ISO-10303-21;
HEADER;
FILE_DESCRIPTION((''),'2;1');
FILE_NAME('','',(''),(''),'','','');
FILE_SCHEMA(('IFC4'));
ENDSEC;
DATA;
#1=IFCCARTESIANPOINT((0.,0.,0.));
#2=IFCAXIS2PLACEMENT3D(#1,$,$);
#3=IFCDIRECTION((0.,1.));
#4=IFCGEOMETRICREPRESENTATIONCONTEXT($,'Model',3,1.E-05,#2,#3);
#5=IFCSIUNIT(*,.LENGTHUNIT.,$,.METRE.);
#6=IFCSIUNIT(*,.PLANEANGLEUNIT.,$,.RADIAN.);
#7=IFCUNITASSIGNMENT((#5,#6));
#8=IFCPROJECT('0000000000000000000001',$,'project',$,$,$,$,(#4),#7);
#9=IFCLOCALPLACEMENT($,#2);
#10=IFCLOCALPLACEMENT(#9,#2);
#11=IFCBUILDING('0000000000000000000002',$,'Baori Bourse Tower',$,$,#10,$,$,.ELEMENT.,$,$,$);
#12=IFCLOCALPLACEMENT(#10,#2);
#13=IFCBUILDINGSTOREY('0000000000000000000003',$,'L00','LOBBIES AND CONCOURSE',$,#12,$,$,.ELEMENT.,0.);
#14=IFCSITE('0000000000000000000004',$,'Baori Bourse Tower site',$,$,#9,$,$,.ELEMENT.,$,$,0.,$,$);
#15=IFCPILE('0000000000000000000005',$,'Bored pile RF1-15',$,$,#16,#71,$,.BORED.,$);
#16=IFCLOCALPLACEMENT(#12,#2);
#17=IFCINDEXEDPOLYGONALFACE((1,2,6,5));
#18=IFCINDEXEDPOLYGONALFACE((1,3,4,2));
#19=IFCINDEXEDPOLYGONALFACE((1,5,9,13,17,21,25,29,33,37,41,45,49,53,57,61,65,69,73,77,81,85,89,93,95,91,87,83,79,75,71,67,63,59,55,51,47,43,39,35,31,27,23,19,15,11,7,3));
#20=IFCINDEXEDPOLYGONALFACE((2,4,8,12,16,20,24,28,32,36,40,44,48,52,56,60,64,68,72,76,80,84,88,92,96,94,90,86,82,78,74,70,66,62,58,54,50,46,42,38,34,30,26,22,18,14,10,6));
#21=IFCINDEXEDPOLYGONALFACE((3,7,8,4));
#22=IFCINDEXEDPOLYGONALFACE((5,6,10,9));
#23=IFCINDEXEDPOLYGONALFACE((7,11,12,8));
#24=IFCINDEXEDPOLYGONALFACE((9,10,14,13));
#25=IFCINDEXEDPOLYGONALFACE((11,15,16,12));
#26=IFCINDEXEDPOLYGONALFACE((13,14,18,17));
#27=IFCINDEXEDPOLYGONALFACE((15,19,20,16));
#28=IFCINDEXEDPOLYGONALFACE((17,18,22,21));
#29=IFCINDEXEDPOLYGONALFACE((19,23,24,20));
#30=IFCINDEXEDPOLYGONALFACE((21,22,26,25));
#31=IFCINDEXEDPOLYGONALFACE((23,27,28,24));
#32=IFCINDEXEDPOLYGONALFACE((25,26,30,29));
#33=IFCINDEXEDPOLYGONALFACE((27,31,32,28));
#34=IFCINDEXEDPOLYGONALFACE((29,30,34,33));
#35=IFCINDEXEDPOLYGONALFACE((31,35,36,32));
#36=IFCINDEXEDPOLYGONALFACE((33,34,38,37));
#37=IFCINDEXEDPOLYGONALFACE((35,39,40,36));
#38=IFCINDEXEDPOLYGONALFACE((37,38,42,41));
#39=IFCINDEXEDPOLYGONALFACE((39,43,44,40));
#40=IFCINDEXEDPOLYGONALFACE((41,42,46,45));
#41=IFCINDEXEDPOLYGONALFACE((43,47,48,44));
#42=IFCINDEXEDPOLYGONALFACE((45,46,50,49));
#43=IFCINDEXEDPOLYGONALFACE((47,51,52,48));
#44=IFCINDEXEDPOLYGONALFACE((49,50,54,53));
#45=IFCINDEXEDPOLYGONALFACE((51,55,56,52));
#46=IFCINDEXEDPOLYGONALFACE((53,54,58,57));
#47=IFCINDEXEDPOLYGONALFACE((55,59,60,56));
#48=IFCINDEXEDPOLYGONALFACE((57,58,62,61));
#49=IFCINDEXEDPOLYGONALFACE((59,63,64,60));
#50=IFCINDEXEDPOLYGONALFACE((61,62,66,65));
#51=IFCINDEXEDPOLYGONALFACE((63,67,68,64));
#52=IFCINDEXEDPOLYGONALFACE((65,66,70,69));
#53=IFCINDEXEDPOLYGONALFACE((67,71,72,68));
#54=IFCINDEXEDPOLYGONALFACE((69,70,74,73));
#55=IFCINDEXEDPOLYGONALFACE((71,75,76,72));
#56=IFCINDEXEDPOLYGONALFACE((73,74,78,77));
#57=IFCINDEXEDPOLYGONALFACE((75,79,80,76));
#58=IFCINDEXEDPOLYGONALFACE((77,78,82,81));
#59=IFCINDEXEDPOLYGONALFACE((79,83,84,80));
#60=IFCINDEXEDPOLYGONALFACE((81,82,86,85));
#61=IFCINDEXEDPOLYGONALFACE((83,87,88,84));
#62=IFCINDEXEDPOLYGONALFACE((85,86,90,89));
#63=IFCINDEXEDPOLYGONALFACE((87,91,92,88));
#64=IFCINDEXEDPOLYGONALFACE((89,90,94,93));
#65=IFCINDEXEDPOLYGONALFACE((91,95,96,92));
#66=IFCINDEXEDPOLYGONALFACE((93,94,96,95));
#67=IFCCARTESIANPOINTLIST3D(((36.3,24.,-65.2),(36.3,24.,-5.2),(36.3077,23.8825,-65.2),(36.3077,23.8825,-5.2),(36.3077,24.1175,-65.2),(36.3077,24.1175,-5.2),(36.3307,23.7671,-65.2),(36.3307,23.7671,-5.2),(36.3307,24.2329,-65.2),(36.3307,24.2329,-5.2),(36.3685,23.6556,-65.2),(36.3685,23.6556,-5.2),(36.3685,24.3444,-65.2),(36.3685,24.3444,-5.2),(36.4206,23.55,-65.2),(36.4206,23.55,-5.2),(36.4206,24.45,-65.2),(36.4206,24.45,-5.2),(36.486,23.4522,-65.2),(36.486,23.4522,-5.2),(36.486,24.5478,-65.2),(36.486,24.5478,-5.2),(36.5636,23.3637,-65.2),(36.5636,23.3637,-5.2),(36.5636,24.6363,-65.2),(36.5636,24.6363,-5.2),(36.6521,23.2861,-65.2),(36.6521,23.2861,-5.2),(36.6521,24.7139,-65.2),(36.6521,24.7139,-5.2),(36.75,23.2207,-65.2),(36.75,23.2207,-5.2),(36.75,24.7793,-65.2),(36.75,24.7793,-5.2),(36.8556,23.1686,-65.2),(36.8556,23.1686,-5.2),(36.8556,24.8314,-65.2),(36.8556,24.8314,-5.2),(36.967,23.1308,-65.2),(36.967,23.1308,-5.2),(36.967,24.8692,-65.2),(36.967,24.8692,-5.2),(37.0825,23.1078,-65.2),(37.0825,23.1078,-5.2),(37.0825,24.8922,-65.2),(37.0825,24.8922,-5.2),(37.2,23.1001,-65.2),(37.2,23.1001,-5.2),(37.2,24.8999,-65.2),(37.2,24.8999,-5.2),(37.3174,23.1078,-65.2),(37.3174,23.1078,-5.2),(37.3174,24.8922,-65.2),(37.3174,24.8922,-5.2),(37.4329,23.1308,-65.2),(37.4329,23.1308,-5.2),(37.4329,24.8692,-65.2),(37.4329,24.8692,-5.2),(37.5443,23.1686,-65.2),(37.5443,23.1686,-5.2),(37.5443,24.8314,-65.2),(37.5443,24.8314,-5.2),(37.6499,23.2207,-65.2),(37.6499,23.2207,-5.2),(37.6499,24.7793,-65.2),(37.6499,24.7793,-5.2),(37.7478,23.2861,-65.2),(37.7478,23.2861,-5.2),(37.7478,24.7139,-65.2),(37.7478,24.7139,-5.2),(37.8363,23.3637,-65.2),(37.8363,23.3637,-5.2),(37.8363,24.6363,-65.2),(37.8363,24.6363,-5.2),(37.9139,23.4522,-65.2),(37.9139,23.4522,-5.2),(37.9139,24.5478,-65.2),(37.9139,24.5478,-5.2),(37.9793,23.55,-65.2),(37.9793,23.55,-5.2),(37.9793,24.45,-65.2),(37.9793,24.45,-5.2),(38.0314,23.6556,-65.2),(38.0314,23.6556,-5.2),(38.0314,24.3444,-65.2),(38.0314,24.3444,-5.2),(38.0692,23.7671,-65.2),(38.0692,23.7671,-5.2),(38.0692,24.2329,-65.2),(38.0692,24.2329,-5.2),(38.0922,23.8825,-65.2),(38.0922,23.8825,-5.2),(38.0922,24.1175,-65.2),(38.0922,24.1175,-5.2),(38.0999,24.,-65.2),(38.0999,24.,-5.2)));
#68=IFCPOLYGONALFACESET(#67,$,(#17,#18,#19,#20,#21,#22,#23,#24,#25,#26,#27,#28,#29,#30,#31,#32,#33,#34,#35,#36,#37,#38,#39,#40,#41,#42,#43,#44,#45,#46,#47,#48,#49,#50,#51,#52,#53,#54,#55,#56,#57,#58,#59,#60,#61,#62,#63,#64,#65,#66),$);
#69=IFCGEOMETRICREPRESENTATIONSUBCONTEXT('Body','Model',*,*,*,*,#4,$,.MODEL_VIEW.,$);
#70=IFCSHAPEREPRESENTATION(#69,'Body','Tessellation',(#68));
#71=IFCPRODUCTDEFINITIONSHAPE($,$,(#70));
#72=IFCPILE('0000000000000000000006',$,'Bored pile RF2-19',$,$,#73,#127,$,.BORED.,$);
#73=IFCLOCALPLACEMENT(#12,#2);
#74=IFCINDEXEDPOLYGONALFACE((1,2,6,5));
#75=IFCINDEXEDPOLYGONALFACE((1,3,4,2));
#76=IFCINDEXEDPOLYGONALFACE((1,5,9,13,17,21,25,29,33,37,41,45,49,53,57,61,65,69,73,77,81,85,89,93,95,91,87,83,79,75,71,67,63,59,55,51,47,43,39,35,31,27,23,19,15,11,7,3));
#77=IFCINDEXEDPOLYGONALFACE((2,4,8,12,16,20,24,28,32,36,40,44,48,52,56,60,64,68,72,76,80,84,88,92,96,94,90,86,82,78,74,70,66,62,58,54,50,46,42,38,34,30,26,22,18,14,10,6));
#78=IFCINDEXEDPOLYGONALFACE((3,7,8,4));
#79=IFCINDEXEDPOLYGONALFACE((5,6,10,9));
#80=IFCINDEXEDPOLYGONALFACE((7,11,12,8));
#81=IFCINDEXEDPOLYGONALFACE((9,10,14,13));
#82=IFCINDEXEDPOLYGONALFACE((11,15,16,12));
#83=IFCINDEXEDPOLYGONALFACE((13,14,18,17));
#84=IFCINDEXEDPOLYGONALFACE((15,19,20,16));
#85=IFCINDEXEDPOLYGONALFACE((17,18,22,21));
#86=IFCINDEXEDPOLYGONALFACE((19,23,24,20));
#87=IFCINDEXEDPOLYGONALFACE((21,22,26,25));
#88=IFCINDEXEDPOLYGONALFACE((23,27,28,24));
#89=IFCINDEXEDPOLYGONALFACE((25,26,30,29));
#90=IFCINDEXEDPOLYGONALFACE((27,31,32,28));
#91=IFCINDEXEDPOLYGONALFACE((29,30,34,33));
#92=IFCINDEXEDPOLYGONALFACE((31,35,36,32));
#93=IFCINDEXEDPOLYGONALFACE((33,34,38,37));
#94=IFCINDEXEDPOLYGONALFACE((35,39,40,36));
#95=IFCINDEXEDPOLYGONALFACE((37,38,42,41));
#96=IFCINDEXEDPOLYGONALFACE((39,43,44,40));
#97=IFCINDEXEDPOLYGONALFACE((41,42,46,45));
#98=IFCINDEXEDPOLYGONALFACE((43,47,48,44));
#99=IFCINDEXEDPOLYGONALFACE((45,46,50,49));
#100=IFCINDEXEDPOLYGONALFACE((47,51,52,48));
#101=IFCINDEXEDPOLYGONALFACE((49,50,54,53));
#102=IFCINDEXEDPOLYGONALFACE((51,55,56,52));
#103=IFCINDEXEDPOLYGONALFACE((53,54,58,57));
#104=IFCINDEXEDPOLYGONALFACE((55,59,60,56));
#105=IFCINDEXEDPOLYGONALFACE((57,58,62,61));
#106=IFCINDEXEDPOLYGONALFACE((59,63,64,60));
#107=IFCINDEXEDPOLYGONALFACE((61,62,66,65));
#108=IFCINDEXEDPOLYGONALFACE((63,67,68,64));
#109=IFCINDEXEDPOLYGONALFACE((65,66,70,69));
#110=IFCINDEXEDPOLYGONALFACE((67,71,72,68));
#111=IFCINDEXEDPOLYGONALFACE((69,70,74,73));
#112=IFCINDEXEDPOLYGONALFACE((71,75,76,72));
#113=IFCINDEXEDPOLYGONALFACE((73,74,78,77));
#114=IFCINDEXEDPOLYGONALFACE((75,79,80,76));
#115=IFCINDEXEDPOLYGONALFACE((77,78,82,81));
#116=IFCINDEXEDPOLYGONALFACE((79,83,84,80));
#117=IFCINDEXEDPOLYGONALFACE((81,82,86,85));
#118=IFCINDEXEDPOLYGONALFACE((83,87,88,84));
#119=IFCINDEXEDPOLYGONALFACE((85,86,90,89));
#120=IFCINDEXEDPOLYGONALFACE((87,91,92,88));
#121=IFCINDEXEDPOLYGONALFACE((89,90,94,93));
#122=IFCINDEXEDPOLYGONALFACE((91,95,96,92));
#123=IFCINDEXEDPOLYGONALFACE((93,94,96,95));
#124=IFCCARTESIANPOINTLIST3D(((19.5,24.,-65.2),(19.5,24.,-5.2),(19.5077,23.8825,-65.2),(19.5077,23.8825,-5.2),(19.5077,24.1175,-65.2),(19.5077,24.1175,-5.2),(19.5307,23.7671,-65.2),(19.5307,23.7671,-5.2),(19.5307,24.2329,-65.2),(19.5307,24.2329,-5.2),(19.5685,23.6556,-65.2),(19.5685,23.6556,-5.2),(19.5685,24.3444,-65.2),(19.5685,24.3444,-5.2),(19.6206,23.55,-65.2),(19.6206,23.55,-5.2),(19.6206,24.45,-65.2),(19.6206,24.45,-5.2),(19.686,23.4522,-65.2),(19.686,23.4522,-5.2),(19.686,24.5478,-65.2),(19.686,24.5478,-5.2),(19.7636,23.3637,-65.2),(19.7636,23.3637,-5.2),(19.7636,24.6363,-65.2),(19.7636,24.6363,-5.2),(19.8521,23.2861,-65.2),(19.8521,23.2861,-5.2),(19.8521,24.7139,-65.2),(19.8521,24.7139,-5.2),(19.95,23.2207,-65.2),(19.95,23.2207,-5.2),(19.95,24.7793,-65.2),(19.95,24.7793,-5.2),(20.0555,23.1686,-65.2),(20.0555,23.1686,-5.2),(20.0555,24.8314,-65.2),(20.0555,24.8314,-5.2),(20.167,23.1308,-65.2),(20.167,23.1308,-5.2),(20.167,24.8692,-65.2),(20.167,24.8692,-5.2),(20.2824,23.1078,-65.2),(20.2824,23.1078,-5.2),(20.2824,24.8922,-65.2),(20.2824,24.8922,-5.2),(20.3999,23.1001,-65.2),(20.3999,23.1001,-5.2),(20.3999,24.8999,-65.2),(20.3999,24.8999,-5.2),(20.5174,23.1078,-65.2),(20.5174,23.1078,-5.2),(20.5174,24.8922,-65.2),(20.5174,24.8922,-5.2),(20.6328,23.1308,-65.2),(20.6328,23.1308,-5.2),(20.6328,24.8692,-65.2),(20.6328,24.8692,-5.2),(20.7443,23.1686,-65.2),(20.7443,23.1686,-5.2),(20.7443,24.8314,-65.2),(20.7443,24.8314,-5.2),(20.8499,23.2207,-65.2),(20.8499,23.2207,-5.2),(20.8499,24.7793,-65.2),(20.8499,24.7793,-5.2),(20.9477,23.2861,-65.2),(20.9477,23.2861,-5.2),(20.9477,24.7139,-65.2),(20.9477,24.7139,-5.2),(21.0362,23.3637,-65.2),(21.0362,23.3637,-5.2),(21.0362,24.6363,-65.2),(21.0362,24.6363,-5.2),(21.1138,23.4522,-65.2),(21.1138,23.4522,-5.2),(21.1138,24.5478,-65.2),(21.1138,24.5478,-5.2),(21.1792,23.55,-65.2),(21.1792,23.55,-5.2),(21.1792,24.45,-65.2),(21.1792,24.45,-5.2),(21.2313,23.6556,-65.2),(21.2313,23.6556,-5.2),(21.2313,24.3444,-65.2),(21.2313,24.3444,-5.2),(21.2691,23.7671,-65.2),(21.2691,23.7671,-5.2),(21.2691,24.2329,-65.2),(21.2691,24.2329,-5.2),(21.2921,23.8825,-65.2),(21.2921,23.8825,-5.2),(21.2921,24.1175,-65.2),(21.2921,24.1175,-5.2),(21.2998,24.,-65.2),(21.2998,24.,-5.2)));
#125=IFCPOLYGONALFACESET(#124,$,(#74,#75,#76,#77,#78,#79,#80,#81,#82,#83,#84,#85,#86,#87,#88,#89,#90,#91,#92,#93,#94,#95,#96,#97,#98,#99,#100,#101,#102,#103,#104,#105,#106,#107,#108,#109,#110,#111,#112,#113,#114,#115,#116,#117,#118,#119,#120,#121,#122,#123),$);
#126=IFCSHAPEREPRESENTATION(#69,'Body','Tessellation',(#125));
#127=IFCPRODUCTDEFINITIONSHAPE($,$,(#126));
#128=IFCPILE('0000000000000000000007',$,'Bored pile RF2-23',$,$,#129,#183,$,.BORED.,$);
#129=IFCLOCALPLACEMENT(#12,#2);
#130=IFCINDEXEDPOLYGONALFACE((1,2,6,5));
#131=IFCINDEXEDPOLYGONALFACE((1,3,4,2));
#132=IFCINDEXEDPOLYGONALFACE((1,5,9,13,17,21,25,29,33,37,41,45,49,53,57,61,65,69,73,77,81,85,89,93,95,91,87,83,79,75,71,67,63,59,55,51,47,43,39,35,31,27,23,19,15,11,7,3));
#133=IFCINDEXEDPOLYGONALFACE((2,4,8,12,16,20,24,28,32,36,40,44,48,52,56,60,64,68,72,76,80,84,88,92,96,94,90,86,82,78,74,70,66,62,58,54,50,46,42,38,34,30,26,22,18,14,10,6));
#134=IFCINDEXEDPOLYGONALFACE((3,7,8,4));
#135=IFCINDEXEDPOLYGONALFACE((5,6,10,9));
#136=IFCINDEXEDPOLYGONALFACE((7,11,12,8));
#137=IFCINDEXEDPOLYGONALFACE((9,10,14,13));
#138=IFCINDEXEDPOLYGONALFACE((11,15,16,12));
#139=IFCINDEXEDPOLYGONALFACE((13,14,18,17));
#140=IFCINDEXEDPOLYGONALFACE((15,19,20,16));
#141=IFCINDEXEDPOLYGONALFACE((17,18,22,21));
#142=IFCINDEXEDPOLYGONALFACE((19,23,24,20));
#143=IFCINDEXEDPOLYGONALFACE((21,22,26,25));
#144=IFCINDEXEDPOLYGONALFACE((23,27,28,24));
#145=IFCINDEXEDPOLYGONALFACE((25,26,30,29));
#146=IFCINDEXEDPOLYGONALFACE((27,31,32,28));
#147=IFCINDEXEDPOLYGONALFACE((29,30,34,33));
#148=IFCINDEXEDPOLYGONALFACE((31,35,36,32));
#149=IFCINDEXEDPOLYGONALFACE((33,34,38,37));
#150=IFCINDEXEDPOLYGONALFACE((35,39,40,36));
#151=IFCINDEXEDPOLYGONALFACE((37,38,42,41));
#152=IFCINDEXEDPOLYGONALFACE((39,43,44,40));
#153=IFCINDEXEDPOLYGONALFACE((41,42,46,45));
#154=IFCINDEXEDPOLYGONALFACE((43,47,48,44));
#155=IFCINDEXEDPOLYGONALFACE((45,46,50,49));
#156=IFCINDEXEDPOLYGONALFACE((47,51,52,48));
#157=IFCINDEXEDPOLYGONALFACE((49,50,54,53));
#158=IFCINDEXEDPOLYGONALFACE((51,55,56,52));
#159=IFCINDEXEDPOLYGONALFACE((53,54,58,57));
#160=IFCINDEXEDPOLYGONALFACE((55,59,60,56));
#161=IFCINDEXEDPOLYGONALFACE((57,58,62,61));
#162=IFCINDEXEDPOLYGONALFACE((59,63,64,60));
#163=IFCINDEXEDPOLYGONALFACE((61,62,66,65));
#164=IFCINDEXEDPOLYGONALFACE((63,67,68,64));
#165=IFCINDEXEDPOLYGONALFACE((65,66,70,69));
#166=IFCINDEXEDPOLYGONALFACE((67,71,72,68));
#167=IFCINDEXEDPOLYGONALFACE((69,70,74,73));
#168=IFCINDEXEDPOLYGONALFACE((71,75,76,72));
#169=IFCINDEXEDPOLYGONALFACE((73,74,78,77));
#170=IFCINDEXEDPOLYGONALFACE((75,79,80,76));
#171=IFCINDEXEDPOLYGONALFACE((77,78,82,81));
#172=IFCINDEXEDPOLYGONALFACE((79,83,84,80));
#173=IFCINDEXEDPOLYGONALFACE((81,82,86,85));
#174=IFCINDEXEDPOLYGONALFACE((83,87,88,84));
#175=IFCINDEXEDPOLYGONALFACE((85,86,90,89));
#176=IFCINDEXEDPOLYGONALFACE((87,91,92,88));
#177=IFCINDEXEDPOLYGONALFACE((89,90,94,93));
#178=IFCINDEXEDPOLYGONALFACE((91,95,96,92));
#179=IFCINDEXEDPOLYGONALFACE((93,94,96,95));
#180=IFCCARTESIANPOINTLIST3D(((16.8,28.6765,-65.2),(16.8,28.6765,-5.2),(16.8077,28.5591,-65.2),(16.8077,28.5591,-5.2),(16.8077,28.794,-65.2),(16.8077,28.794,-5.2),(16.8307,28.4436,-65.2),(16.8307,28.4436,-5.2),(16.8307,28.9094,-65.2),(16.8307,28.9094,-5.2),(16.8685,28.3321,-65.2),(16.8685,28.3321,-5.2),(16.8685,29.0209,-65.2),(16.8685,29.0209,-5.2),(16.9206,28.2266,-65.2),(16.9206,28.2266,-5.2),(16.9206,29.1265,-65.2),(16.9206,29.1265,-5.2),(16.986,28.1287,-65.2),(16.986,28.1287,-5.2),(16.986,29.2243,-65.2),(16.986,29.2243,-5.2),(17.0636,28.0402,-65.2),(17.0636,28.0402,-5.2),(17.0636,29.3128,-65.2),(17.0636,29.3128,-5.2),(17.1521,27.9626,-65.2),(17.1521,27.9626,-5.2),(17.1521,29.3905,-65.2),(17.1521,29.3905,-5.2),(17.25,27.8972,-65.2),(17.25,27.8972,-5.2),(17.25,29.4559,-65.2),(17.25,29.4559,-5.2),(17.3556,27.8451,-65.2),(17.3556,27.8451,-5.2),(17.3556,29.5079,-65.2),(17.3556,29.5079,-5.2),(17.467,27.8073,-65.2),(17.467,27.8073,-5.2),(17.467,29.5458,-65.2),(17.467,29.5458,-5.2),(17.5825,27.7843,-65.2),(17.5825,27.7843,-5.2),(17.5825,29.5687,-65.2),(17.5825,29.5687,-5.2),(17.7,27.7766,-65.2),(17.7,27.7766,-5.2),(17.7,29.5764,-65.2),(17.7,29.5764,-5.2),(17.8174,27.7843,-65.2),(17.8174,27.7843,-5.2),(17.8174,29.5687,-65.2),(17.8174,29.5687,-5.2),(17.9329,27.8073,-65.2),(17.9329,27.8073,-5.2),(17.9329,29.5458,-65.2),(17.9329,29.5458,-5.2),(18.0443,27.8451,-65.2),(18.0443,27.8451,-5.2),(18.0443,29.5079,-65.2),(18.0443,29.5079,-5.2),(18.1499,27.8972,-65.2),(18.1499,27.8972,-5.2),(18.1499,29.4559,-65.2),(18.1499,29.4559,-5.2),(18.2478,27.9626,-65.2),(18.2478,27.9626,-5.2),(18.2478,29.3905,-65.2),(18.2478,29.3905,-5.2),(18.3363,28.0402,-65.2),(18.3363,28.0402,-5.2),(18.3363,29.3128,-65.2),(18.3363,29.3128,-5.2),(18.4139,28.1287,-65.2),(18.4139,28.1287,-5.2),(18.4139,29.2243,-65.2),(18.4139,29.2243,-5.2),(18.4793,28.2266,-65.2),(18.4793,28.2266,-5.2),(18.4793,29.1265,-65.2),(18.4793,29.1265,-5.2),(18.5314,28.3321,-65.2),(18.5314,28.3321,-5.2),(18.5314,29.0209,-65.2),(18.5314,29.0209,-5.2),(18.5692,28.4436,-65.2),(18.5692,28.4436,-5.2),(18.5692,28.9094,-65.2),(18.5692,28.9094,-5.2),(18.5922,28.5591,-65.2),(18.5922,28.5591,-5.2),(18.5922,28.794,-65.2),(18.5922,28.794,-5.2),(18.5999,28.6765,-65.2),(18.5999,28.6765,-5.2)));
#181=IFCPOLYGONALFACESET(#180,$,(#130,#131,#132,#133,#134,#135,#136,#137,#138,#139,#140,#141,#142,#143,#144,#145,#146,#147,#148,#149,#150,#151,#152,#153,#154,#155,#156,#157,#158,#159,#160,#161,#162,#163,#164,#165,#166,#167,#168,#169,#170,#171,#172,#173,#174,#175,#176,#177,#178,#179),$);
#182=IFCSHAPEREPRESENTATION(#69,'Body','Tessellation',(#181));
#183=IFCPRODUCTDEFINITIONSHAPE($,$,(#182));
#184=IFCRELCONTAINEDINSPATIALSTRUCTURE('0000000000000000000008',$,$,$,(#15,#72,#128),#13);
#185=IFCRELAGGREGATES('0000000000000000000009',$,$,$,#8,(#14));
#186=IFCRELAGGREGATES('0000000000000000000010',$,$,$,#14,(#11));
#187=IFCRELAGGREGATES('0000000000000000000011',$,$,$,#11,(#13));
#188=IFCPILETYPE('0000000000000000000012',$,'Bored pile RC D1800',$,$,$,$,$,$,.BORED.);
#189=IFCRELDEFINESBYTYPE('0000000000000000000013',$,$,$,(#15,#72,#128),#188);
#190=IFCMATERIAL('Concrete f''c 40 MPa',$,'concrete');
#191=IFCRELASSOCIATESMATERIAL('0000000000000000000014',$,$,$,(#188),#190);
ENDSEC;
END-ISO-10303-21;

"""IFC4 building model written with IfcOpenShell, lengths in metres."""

from ifc_helpers import new_model, si_unit, direction, frame, origin, origin_2d, place, context, subcontext, project, spatial, circle, extrude, material, material_profile, profile_set, type_object, element, save


model = new_model("IFC4")

# Units and contexts
model_context = context("Model", 3, precision=1e-05, world=origin(), true_north=direction((0.0, 1.0)))
body_context = subcontext(model_context, "Body", "Model", "MODEL_VIEW")
ifc_project = project(units=[si_unit("LENGTHUNIT", "METRE"), si_unit("PLANEANGLEUNIT", "RADIAN")], contexts=[model_context])

# Site, building, storey
site_placement = place(None, origin())
site = spatial("IfcSite", under=ifc_project, at=site_placement, Name="Baori Bourse Tower site", CompositionType="ELEMENT", RefElevation=0.0)
building_placement = place(site_placement, origin())
building = spatial("IfcBuilding", under=site, at=building_placement, Name="Baori Bourse Tower", CompositionType="ELEMENT")
storey_placement = place(building_placement, origin())
storey = spatial("IfcBuildingStorey", under=building, at=storey_placement, Name="L00", Description="LOBBIES AND CONCOURSE", CompositionType="ELEMENT", Elevation=0.0)

# Piles
ifc_material_1 = material(Name="Concrete f'c 40 MPa", Category="concrete")
ifc_material_profile_1 = material_profile(ifc_material_1, circle(Radius=0.8999, at=origin_2d()), Name="RC D1800")
ifc_profile_set_1 = profile_set([ifc_material_profile_1], Name="Concrete f'c 40 MPa")
pile_type = type_object("IfcPileType", Name="Bored pile RC D1800", PredefinedType="BORED", material=ifc_profile_set_1)
for number, where, z_axis, x_axis, name in (
    (1, (37.2, 24.0, -5.2), (0.0, 0.0, -1.0), (1.0, 0.0, 0.0), "Bored pile RF1-15"),
    (2, (20.3999, 24.0, -5.2), (0.0, 0.0, -1.0), (1.0, 0.0, 0.0), "Bored pile RF2-19"),
    (3, (17.7, 28.6765, -5.2), (0.0, 0.0, -1.0), (1.0, 0.0, 0.0), "Bored pile RF2-23"),
):
    element("IfcPile", number, at=place(storey_placement, frame(where, z_axis=z_axis, x_axis=x_axis)), inside=storey, type_object=pile_type, Name=name, PredefinedType="BORED", context=body_context, shape_type="SweptSolid", body=[
        extrude(circle(Radius=0.8999, at=origin_2d()), origin(), (0.0, 0.0, 1.0), 60.0),
    ])

save(model, "model.ifc")
